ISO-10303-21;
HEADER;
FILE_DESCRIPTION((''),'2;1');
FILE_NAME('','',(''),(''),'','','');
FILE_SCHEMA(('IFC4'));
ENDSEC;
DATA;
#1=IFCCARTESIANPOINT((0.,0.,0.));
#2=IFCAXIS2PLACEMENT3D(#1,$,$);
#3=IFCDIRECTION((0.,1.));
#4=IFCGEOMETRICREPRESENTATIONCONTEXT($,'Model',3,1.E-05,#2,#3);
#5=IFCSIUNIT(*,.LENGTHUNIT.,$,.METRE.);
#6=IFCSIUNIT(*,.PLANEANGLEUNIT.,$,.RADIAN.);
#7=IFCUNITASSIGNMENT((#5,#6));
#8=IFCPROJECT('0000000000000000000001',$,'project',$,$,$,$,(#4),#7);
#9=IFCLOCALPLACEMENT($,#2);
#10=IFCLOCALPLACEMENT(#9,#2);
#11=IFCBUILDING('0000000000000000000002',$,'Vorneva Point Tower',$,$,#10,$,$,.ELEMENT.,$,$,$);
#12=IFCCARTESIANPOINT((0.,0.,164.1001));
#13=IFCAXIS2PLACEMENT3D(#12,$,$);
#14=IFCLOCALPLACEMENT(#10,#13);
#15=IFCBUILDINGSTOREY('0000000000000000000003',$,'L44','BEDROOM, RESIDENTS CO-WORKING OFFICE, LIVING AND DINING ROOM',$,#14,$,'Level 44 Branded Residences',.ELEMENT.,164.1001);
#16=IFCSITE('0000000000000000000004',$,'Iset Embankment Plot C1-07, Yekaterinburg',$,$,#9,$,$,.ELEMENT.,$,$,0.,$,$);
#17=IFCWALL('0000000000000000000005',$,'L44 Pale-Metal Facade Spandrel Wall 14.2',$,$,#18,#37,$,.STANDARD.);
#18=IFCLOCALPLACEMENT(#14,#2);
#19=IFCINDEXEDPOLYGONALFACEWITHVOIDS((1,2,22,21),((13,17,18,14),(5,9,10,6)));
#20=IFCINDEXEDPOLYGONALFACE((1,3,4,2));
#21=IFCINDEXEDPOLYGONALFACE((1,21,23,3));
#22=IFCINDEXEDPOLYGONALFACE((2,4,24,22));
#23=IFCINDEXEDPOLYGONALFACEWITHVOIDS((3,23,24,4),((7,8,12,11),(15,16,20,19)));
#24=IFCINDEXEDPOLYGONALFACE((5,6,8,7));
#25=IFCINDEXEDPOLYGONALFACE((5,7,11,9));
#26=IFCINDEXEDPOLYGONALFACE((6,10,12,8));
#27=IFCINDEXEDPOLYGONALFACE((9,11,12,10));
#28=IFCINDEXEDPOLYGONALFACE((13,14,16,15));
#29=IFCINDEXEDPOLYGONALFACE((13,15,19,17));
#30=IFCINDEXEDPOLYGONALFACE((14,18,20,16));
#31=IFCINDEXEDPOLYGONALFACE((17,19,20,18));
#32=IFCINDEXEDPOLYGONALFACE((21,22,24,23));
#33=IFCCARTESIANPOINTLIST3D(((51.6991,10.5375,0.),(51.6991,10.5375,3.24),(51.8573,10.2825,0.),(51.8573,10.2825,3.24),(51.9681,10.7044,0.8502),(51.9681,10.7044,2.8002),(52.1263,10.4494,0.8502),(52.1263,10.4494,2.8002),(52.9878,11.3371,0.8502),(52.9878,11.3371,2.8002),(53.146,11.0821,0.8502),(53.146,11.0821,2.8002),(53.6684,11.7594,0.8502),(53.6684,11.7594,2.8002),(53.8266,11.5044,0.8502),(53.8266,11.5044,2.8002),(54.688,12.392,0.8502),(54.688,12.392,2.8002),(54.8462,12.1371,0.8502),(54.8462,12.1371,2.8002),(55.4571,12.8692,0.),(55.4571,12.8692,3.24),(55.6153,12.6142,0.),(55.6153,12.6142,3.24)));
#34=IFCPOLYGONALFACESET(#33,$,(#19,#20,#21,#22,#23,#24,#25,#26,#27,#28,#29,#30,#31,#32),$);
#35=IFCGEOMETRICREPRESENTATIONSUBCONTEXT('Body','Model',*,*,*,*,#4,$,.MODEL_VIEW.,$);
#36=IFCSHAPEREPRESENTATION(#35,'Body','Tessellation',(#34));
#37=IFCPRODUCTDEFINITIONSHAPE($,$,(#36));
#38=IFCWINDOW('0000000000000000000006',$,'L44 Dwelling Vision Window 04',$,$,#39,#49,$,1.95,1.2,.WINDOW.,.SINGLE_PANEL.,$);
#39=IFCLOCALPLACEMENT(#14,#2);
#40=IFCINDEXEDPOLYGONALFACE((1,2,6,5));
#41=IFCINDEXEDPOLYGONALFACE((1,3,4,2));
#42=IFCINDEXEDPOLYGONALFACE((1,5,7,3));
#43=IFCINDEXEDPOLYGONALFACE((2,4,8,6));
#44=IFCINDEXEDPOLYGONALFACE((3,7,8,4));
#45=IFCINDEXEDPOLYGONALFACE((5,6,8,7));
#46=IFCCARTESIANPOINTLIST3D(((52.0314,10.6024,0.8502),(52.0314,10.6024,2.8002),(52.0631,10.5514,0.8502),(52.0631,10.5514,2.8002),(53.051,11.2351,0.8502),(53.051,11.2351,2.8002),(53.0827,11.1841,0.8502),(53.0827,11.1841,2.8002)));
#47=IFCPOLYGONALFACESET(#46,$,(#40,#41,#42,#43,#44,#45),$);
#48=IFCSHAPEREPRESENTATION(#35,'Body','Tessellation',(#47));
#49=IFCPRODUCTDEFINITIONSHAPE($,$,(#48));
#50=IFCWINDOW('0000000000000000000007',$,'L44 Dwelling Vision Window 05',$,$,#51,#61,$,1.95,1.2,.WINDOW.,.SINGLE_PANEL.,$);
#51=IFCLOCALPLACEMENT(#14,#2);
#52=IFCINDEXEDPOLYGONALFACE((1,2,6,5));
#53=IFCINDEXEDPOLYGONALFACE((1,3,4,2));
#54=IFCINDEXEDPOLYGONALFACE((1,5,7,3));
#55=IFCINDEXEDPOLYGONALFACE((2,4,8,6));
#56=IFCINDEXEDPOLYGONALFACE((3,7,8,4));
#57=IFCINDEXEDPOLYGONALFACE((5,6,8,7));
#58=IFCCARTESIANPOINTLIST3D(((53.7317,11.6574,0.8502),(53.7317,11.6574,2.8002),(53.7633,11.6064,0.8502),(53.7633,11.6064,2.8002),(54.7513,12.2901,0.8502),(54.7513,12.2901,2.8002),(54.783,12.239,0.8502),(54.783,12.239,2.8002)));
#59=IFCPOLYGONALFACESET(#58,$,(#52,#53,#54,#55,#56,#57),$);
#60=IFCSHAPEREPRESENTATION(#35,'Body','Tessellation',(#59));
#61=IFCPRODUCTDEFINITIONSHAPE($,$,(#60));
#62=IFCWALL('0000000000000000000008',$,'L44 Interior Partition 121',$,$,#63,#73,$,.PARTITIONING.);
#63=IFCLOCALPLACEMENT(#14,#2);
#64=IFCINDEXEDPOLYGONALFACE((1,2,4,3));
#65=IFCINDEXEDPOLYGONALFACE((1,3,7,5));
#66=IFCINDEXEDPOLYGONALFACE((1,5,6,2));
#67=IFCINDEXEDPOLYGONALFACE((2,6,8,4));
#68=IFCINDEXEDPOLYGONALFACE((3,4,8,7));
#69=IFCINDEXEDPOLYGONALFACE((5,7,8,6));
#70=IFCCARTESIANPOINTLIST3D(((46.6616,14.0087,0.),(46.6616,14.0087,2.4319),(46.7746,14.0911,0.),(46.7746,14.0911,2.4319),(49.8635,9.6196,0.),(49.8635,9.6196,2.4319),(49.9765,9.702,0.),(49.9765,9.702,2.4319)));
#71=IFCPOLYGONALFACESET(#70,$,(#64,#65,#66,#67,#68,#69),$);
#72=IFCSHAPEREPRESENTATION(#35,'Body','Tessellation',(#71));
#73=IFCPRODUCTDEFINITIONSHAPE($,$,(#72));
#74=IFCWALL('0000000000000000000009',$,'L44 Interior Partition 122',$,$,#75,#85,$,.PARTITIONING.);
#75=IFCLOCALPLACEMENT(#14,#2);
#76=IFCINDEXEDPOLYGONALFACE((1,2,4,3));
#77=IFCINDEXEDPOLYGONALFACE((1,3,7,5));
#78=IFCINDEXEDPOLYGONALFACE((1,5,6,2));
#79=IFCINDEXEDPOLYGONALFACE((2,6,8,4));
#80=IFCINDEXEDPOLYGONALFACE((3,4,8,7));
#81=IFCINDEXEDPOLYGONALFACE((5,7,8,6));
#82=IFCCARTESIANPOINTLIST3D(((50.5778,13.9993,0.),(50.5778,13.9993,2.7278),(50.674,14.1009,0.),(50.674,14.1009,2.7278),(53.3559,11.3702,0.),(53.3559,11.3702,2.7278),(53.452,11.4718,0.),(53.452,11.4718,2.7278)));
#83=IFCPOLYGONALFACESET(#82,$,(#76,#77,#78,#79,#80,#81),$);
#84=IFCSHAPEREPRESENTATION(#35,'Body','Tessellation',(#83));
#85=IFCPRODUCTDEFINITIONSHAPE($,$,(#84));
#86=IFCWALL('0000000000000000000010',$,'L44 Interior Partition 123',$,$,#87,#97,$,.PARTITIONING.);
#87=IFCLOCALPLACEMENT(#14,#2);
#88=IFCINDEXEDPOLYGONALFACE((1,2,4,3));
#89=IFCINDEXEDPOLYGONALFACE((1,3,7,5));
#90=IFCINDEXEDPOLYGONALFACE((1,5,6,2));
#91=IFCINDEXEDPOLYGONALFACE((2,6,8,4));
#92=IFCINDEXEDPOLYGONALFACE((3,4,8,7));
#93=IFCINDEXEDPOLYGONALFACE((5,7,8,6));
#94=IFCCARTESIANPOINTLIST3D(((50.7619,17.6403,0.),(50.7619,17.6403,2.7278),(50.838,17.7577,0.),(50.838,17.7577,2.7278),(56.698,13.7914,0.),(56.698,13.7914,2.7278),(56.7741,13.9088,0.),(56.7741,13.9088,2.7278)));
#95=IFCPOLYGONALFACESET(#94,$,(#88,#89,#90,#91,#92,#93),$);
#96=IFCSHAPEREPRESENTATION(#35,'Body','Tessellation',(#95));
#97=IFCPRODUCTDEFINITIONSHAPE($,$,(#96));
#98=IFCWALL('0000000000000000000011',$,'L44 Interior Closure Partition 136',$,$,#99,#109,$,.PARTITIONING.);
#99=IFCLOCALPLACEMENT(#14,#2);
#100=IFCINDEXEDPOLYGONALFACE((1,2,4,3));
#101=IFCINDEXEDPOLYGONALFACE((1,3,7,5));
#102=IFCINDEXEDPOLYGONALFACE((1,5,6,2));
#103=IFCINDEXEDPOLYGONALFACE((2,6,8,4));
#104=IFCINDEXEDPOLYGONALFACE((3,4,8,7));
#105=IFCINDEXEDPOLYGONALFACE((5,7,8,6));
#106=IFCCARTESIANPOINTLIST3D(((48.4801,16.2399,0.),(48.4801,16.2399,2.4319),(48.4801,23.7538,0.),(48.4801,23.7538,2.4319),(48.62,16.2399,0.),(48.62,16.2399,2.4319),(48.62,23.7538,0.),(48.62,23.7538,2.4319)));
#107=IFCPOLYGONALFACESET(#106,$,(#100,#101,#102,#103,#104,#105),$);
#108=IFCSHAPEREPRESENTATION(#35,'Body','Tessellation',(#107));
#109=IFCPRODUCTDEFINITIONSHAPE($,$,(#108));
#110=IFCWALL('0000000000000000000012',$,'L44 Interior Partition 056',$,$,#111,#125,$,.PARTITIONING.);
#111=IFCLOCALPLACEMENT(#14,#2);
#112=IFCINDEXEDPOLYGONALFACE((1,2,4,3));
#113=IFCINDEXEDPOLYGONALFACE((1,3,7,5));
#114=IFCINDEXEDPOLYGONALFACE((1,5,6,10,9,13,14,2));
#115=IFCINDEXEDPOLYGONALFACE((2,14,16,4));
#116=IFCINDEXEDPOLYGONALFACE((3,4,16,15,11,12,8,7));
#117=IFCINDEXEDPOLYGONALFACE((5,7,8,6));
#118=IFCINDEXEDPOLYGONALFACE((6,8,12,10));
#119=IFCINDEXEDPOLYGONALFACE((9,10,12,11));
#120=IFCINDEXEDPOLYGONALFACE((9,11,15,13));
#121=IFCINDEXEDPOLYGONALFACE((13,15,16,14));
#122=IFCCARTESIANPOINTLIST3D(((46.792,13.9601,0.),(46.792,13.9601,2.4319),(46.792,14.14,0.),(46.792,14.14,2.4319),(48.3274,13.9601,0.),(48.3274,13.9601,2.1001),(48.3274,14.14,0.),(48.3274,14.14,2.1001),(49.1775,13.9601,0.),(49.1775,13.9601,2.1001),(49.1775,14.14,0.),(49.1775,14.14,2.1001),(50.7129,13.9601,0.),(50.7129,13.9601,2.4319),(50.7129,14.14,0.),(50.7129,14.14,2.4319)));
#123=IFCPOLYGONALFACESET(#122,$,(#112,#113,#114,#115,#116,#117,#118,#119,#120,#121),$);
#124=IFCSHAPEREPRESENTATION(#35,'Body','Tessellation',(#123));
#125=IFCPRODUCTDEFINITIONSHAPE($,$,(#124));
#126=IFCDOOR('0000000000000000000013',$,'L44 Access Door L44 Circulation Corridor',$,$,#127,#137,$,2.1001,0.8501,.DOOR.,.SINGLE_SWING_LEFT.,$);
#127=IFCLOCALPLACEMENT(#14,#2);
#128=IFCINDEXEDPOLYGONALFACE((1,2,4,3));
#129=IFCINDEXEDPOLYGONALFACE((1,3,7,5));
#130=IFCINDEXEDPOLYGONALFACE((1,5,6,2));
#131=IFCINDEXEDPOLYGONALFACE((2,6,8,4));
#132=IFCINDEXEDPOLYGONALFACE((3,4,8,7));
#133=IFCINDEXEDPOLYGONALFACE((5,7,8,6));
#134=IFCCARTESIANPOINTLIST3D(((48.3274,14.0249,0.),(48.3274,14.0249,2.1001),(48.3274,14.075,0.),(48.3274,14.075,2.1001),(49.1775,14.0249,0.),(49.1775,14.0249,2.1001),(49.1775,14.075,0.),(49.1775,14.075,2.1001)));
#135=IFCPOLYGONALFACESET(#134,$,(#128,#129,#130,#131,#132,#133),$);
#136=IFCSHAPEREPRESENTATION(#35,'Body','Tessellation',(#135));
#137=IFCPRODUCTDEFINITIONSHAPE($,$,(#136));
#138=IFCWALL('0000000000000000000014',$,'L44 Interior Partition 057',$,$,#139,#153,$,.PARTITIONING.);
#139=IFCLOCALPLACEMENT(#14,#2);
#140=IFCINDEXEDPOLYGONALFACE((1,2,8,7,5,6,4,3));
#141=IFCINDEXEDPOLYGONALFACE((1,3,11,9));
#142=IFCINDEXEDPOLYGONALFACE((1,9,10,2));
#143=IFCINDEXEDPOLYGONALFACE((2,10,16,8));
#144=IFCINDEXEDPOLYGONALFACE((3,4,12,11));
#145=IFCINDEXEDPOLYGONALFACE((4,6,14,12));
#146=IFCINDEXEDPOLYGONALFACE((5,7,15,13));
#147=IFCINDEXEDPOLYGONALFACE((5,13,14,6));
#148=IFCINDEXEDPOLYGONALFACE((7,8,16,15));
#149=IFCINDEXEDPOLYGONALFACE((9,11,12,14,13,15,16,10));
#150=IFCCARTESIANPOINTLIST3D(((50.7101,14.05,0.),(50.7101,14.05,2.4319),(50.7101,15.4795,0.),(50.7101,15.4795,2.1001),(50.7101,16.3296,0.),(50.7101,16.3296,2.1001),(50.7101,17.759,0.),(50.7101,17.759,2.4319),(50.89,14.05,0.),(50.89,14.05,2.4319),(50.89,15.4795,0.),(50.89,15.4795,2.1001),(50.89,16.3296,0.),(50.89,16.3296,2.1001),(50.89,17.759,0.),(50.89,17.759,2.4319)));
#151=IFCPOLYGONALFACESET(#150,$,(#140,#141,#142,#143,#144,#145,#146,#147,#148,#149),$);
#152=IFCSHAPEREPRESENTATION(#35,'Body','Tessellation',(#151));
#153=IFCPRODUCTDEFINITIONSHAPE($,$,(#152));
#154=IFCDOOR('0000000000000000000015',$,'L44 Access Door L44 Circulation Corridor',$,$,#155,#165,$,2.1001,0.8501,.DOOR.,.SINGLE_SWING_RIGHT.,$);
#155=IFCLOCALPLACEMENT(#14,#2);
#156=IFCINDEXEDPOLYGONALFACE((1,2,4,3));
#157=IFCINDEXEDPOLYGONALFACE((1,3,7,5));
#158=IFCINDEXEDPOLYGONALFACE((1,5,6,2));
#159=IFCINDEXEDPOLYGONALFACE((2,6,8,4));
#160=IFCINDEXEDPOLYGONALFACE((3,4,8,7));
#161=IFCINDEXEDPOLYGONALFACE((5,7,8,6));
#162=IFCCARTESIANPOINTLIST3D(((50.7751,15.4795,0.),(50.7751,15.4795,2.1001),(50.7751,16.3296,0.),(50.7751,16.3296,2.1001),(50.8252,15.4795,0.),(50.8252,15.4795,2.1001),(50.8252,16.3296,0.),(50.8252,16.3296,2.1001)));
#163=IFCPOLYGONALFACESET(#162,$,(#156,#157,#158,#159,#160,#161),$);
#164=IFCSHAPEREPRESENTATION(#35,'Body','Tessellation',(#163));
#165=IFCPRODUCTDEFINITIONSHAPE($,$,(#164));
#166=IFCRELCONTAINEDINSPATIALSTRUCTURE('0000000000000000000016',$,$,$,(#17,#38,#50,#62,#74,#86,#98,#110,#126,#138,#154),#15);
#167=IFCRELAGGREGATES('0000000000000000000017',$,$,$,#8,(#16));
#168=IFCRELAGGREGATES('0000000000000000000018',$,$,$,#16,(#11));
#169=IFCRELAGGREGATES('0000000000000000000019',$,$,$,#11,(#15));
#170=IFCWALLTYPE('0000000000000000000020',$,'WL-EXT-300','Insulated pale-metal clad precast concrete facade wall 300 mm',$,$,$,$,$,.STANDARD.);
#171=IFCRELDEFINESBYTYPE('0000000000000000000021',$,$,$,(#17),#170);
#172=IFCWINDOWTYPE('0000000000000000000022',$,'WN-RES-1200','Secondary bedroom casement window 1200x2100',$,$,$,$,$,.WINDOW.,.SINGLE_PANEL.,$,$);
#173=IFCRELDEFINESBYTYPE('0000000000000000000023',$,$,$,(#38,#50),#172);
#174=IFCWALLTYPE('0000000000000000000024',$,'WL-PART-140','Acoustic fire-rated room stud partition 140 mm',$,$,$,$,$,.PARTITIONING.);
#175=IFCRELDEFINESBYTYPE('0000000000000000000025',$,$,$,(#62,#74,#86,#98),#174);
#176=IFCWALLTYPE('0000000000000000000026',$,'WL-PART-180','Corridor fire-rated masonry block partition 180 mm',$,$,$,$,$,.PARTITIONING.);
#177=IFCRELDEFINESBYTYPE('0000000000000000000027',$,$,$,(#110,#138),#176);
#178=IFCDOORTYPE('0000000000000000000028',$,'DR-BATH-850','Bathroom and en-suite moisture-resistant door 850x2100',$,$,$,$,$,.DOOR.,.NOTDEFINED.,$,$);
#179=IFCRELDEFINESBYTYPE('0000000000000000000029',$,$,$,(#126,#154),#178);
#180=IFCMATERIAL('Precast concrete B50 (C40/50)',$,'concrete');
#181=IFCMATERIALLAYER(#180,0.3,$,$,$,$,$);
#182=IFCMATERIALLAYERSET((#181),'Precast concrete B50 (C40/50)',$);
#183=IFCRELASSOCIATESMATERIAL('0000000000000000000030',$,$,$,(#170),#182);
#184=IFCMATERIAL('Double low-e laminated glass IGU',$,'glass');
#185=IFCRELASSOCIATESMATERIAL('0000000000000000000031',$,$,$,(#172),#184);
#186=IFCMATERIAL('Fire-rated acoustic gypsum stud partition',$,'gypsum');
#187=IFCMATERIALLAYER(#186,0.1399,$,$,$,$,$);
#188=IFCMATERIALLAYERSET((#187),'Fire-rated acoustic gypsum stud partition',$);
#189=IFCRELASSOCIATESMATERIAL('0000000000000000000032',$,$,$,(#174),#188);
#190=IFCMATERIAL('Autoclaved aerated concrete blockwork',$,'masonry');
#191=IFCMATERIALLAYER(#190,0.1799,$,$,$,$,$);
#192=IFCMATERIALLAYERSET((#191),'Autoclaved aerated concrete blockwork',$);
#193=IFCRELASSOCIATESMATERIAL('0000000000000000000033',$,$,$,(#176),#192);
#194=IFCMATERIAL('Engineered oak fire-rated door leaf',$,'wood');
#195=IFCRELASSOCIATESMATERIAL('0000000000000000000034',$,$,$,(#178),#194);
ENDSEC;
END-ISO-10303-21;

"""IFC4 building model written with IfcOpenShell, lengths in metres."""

from ifc_helpers import new_model, si_unit, direction, frame, frame_2d, origin, place, context, subcontext, project, spatial, rectangle, extrude, material, layer, layer_set, type_object, element, fill, save


model = new_model("IFC4")

# Units and contexts
model_context = context("Model", 3, precision=1e-05, world=origin(), true_north=direction((0.0, 1.0)))
body_context = subcontext(model_context, "Body", "Model", "MODEL_VIEW")
ifc_project = project(units=[si_unit("LENGTHUNIT", "METRE"), si_unit("PLANEANGLEUNIT", "RADIAN")], contexts=[model_context])

# Site, building, storey
site_placement = place(None, origin())
site = spatial("IfcSite", under=ifc_project, at=site_placement, Name="Iset Embankment Plot C1-07, Yekaterinburg", CompositionType="ELEMENT", RefElevation=0.0)
building_placement = place(site_placement, origin())
building = spatial("IfcBuilding", under=site, at=building_placement, Name="Vorneva Point Tower", CompositionType="ELEMENT")
storey_placement = place(building_placement, frame((0.0, 0.0, 164.1001)))
storey = spatial("IfcBuildingStorey", under=building, at=storey_placement, Name="L44", Description="BEDROOM, RESIDENTS CO-WORKING OFFICE, LIVING AND DINING ROOM", LongName="Level 44 Branded Residences", CompositionType="ELEMENT", Elevation=164.1001)

# Shared definitions
ifc_material_1 = material(Name="Double low-e laminated glass IGU", Category="glass")

# Shared definitions
ifc_material_2 = material(Name="Precast concrete B50 (C40/50)", Category="concrete")
ifc_layer_1 = layer(ifc_material_2, 0.3)
ifc_layer_set_1 = layer_set([ifc_layer_1], Name="Precast concrete B50 (C40/50)")
wall_type_1 = type_object("IfcWallType", Name="WL-EXT-300", Description="Insulated pale-metal clad precast concrete facade wall 300 mm", PredefinedType="STANDARD", material=ifc_layer_set_1)
window_type = type_object("IfcWindowType", Name="WN-RES-1200", Description="Secondary bedroom casement window 1200x2100", PartitioningType="SINGLE_PANEL", PredefinedType="WINDOW", material=ifc_material_1)

# Wall, openings, windows
wall_1_placement = place(storey_placement, frame((51.7781, 10.4099, 0.0), z_axis=(0.0, 0.0, 1.0), x_axis=(0.849721, 0.527232, 0.0)))
wall_1 = element("IfcWall", 1, at=wall_1_placement, inside=storey, type_object=wall_type_1, Name="L44 Pale-Metal Facade Spandrel Wall 14.2", PredefinedType="STANDARD", context=body_context, shape_type="SweptSolid", body=[
    extrude(rectangle(XDim=4.4226, YDim=0.3, at=frame_2d((2.2114, 0.0))), origin(), (0.0, 0.0, 1.0), 3.24),
])
opening_1_placement = place(wall_1_placement, frame((0.3167, 0.0, 0.8501)))
opening_1 = element("IfcOpeningElement", 2, at=opening_1_placement, cuts=wall_1, PredefinedType="OPENING", context=body_context, shape_type="SweptSolid", body=[
    extrude(rectangle(XDim=1.2, YDim=1.95, at=frame_2d((0.6001, 0.9751))), frame((0.0, 0.165, 0.0), z_axis=(0.0, -1.0, 0.0), x_axis=(1.0, 0.0, 0.0)), (0.0, 0.0, 1.0), 0.3298),
])
opening_2_placement = place(wall_1_placement, frame((2.3176, 0.0, 0.8501)))
opening_2 = element("IfcOpeningElement", 3, at=opening_2_placement, cuts=wall_1, PredefinedType="OPENING", context=body_context, shape_type="SweptSolid", body=[
    extrude(rectangle(XDim=1.2, YDim=1.95, at=frame_2d((0.6001, 0.9751))), frame((0.0, 0.165, 0.0), z_axis=(0.0, -1.0, 0.0), x_axis=(1.0, 0.0, 0.0)), (0.0, 0.0, 1.0), 0.3298),
])
window_1_placement = place(opening_1_placement, origin())
window_1 = element("IfcWindow", 4, at=window_1_placement, inside=storey, type_object=window_type, Name="L44 Dwelling Vision Window 04", OverallHeight=1.95, OverallWidth=1.2, PartitioningType="SINGLE_PANEL", PredefinedType="WINDOW", context=body_context, shape_type="SweptSolid", body=[
    extrude(rectangle(XDim=1.2, YDim=1.95, at=frame_2d((0.6001, 0.9751))), frame((0.0, 0.03, 0.0), z_axis=(0.0, -1.0, 0.0), x_axis=(1.0, 0.0, 0.0)), (0.0, 0.0, 1.0), 0.0601),
])
fill(opening_1, window_1)
window_2_placement = place(opening_2_placement, origin())
window_2 = element("IfcWindow", 5, at=window_2_placement, inside=storey, type_object=window_type, Name="L44 Dwelling Vision Window 05", OverallHeight=1.95, OverallWidth=1.2, PartitioningType="SINGLE_PANEL", PredefinedType="WINDOW", context=body_context, shape_type="SweptSolid", body=[
    extrude(rectangle(XDim=1.2, YDim=1.95, at=frame_2d((0.6001, 0.9751))), frame((0.0, 0.03, 0.0), z_axis=(0.0, -1.0, 0.0), x_axis=(1.0, 0.0, 0.0)), (0.0, 0.0, 1.0), 0.0601),
])
fill(opening_2, window_2)

# Walls
ifc_material_3 = material(Name="Fire-rated acoustic gypsum stud partition", Category="gypsum")
ifc_layer_2 = layer(ifc_material_3, 0.1399)
ifc_layer_set_2 = layer_set([ifc_layer_2], Name="Fire-rated acoustic gypsum stud partition")
wall_type_2 = type_object("IfcWallType", Name="WL-PART-140", Description="Acoustic fire-rated room stud partition 140 mm", PredefinedType="PARTITIONING", material=ifc_layer_set_2)
wall_2_placement = place(storey_placement, frame((49.9199, 9.6609, 0.0), z_axis=(0.0, 0.0, 1.0), x_axis=(-0.589349, 0.807878, 0.0)))
element("IfcWall", 6, at=wall_2_placement, inside=storey, type_object=wall_type_2, Name="L44 Interior Partition 121", PredefinedType="PARTITIONING", context=body_context, shape_type="SweptSolid", body=[
    extrude(rectangle(XDim=5.4329, YDim=0.1399, at=frame_2d((2.7163, 0.0))), origin(), (0.0, 0.0, 1.0), 2.4319),
])
wall_3_placement = place(storey_placement, frame((53.4041, 11.4209, 0.0), z_axis=(0.0, 0.0, 1.0), x_axis=(-0.726306, 0.687371, 0.0)))
element("IfcWall", 7, at=wall_3_placement, inside=storey, type_object=wall_type_2, Name="L44 Interior Partition 122", PredefinedType="PARTITIONING", context=body_context, shape_type="SweptSolid", body=[
    extrude(rectangle(XDim=3.825, YDim=0.1399, at=frame_2d((1.9126, 0.0))), origin(), (0.0, 0.0, 1.0), 2.7278),
])
wall_4_placement = place(storey_placement, frame((56.7361, 13.8501, 0.0), z_axis=(0.0, 0.0, 1.0), x_axis=(-0.83906, 0.544039, 0.0)))
element("IfcWall", 8, at=wall_4_placement, inside=storey, type_object=wall_type_2, Name="L44 Interior Partition 123", PredefinedType="PARTITIONING", context=body_context, shape_type="SweptSolid", body=[
    extrude(rectangle(XDim=7.0747, YDim=0.1399, at=frame_2d((3.5374, 0.0))), origin(), (0.0, 0.0, 1.0), 2.7278),
])
wall_5_placement = place(storey_placement, frame((48.55, 16.24, 0.0), z_axis=(0.0, 0.0, 1.0), x_axis=(0.0, 1.0, 0.0)))
element("IfcWall", 9, at=wall_5_placement, inside=storey, type_object=wall_type_2, Name="L44 Interior Closure Partition 136", PredefinedType="PARTITIONING", context=body_context, shape_type="SweptSolid", body=[
    extrude(rectangle(XDim=7.5139, YDim=0.1399, at=frame_2d((3.7568, 0.0))), origin(), (0.0, 0.0, 1.0), 2.4319),
])

# Walls, openings, doors
ifc_material_4 = material(Name="Autoclaved aerated concrete blockwork", Category="masonry")
ifc_layer_3 = layer(ifc_material_4, 0.1799)
ifc_layer_set_3 = layer_set([ifc_layer_3], Name="Autoclaved aerated concrete blockwork")
wall_type_3 = type_object("IfcWallType", Name="WL-PART-180", Description="Corridor fire-rated masonry block partition 180 mm", PredefinedType="PARTITIONING", material=ifc_layer_set_3)
wall_6_placement = place(storey_placement, frame((46.792, 14.05, 0.0), z_axis=(0.0, 0.0, 1.0), x_axis=(1.0, 0.0, 0.0)))
wall_6 = element("IfcWall", 10, at=wall_6_placement, inside=storey, type_object=wall_type_3, Name="L44 Interior Partition 056", PredefinedType="PARTITIONING", context=body_context, shape_type="SweptSolid", body=[
    extrude(rectangle(XDim=3.9209, YDim=0.1799, at=frame_2d((1.9604, 0.0))), origin(), (0.0, 0.0, 1.0), 2.4319),
])
opening_3_placement = place(wall_6_placement, frame((1.5354, 0.0, 0.0)))
opening_3 = element("IfcOpeningElement", 11, at=opening_3_placement, cuts=wall_6, PredefinedType="OPENING", context=body_context, shape_type="SweptSolid", body=[
    extrude(rectangle(XDim=0.8501, YDim=2.1001, at=frame_2d((0.425, 1.05))), frame((0.0, 0.105, 0.0), z_axis=(0.0, -1.0, 0.0), x_axis=(1.0, 0.0, 0.0)), (0.0, 0.0, 1.0), 0.2097),
])
ifc_material_5 = material(Name="Engineered oak fire-rated door leaf", Category="wood")
door_type = type_object("IfcDoorType", Name="DR-BATH-850", Description="Bathroom and en-suite moisture-resistant door 850x2100", OperationType="NOTDEFINED", PredefinedType="DOOR", material=ifc_material_5)
door_1_placement = place(opening_3_placement, origin())
door_1 = element("IfcDoor", 12, at=door_1_placement, inside=storey, type_object=door_type, Name="L44 Access Door L44 Circulation Corridor", OperationType="SINGLE_SWING_LEFT", OverallHeight=2.1001, OverallWidth=0.8501, PredefinedType="DOOR", context=body_context, shape_type="SweptSolid", body=[
    extrude(rectangle(XDim=0.8501, YDim=2.1001, at=frame_2d((0.425, 1.05))), frame((0.0, 0.0249, 0.0), z_axis=(0.0, -1.0, 0.0), x_axis=(1.0, 0.0, 0.0)), (0.0, 0.0, 1.0), 0.05),
])
fill(opening_3, door_1)
wall_7_placement = place(storey_placement, frame((50.8, 14.05, 0.0), z_axis=(0.0, 0.0, 1.0), x_axis=(0.0, 1.0, 0.0)))
wall_7 = element("IfcWall", 13, at=wall_7_placement, inside=storey, type_object=wall_type_3, Name="L44 Interior Partition 057", PredefinedType="PARTITIONING", context=body_context, shape_type="SweptSolid", body=[
    extrude(rectangle(XDim=3.709, YDim=0.1799, at=frame_2d((1.8545, 0.0))), origin(), (0.0, 0.0, 1.0), 2.4319),
])
opening_4_placement = place(wall_7_placement, frame((1.4294, 0.0, 0.0)))
opening_4 = element("IfcOpeningElement", 14, at=opening_4_placement, cuts=wall_7, PredefinedType="OPENING", context=body_context, shape_type="SweptSolid", body=[
    extrude(rectangle(XDim=0.8501, YDim=2.1001, at=frame_2d((0.425, 1.05))), frame((0.0, 0.105, 0.0), z_axis=(0.0, -1.0, 0.0), x_axis=(1.0, 0.0, 0.0)), (0.0, 0.0, 1.0), 0.2097),
])
door_2_placement = place(opening_4_placement, origin())
door_2 = element("IfcDoor", 15, at=door_2_placement, inside=storey, type_object=door_type, Name="L44 Access Door L44 Circulation Corridor", OperationType="SINGLE_SWING_RIGHT", OverallHeight=2.1001, OverallWidth=0.8501, PredefinedType="DOOR", context=body_context, shape_type="SweptSolid", body=[
    extrude(rectangle(XDim=0.8501, YDim=2.1001, at=frame_2d((0.425, 1.05))), frame((0.0, 0.0249, 0.0), z_axis=(0.0, -1.0, 0.0), x_axis=(1.0, 0.0, 0.0)), (0.0, 0.0, 1.0), 0.05),
])
fill(opening_4, door_2)

save(model, "model.ifc")
